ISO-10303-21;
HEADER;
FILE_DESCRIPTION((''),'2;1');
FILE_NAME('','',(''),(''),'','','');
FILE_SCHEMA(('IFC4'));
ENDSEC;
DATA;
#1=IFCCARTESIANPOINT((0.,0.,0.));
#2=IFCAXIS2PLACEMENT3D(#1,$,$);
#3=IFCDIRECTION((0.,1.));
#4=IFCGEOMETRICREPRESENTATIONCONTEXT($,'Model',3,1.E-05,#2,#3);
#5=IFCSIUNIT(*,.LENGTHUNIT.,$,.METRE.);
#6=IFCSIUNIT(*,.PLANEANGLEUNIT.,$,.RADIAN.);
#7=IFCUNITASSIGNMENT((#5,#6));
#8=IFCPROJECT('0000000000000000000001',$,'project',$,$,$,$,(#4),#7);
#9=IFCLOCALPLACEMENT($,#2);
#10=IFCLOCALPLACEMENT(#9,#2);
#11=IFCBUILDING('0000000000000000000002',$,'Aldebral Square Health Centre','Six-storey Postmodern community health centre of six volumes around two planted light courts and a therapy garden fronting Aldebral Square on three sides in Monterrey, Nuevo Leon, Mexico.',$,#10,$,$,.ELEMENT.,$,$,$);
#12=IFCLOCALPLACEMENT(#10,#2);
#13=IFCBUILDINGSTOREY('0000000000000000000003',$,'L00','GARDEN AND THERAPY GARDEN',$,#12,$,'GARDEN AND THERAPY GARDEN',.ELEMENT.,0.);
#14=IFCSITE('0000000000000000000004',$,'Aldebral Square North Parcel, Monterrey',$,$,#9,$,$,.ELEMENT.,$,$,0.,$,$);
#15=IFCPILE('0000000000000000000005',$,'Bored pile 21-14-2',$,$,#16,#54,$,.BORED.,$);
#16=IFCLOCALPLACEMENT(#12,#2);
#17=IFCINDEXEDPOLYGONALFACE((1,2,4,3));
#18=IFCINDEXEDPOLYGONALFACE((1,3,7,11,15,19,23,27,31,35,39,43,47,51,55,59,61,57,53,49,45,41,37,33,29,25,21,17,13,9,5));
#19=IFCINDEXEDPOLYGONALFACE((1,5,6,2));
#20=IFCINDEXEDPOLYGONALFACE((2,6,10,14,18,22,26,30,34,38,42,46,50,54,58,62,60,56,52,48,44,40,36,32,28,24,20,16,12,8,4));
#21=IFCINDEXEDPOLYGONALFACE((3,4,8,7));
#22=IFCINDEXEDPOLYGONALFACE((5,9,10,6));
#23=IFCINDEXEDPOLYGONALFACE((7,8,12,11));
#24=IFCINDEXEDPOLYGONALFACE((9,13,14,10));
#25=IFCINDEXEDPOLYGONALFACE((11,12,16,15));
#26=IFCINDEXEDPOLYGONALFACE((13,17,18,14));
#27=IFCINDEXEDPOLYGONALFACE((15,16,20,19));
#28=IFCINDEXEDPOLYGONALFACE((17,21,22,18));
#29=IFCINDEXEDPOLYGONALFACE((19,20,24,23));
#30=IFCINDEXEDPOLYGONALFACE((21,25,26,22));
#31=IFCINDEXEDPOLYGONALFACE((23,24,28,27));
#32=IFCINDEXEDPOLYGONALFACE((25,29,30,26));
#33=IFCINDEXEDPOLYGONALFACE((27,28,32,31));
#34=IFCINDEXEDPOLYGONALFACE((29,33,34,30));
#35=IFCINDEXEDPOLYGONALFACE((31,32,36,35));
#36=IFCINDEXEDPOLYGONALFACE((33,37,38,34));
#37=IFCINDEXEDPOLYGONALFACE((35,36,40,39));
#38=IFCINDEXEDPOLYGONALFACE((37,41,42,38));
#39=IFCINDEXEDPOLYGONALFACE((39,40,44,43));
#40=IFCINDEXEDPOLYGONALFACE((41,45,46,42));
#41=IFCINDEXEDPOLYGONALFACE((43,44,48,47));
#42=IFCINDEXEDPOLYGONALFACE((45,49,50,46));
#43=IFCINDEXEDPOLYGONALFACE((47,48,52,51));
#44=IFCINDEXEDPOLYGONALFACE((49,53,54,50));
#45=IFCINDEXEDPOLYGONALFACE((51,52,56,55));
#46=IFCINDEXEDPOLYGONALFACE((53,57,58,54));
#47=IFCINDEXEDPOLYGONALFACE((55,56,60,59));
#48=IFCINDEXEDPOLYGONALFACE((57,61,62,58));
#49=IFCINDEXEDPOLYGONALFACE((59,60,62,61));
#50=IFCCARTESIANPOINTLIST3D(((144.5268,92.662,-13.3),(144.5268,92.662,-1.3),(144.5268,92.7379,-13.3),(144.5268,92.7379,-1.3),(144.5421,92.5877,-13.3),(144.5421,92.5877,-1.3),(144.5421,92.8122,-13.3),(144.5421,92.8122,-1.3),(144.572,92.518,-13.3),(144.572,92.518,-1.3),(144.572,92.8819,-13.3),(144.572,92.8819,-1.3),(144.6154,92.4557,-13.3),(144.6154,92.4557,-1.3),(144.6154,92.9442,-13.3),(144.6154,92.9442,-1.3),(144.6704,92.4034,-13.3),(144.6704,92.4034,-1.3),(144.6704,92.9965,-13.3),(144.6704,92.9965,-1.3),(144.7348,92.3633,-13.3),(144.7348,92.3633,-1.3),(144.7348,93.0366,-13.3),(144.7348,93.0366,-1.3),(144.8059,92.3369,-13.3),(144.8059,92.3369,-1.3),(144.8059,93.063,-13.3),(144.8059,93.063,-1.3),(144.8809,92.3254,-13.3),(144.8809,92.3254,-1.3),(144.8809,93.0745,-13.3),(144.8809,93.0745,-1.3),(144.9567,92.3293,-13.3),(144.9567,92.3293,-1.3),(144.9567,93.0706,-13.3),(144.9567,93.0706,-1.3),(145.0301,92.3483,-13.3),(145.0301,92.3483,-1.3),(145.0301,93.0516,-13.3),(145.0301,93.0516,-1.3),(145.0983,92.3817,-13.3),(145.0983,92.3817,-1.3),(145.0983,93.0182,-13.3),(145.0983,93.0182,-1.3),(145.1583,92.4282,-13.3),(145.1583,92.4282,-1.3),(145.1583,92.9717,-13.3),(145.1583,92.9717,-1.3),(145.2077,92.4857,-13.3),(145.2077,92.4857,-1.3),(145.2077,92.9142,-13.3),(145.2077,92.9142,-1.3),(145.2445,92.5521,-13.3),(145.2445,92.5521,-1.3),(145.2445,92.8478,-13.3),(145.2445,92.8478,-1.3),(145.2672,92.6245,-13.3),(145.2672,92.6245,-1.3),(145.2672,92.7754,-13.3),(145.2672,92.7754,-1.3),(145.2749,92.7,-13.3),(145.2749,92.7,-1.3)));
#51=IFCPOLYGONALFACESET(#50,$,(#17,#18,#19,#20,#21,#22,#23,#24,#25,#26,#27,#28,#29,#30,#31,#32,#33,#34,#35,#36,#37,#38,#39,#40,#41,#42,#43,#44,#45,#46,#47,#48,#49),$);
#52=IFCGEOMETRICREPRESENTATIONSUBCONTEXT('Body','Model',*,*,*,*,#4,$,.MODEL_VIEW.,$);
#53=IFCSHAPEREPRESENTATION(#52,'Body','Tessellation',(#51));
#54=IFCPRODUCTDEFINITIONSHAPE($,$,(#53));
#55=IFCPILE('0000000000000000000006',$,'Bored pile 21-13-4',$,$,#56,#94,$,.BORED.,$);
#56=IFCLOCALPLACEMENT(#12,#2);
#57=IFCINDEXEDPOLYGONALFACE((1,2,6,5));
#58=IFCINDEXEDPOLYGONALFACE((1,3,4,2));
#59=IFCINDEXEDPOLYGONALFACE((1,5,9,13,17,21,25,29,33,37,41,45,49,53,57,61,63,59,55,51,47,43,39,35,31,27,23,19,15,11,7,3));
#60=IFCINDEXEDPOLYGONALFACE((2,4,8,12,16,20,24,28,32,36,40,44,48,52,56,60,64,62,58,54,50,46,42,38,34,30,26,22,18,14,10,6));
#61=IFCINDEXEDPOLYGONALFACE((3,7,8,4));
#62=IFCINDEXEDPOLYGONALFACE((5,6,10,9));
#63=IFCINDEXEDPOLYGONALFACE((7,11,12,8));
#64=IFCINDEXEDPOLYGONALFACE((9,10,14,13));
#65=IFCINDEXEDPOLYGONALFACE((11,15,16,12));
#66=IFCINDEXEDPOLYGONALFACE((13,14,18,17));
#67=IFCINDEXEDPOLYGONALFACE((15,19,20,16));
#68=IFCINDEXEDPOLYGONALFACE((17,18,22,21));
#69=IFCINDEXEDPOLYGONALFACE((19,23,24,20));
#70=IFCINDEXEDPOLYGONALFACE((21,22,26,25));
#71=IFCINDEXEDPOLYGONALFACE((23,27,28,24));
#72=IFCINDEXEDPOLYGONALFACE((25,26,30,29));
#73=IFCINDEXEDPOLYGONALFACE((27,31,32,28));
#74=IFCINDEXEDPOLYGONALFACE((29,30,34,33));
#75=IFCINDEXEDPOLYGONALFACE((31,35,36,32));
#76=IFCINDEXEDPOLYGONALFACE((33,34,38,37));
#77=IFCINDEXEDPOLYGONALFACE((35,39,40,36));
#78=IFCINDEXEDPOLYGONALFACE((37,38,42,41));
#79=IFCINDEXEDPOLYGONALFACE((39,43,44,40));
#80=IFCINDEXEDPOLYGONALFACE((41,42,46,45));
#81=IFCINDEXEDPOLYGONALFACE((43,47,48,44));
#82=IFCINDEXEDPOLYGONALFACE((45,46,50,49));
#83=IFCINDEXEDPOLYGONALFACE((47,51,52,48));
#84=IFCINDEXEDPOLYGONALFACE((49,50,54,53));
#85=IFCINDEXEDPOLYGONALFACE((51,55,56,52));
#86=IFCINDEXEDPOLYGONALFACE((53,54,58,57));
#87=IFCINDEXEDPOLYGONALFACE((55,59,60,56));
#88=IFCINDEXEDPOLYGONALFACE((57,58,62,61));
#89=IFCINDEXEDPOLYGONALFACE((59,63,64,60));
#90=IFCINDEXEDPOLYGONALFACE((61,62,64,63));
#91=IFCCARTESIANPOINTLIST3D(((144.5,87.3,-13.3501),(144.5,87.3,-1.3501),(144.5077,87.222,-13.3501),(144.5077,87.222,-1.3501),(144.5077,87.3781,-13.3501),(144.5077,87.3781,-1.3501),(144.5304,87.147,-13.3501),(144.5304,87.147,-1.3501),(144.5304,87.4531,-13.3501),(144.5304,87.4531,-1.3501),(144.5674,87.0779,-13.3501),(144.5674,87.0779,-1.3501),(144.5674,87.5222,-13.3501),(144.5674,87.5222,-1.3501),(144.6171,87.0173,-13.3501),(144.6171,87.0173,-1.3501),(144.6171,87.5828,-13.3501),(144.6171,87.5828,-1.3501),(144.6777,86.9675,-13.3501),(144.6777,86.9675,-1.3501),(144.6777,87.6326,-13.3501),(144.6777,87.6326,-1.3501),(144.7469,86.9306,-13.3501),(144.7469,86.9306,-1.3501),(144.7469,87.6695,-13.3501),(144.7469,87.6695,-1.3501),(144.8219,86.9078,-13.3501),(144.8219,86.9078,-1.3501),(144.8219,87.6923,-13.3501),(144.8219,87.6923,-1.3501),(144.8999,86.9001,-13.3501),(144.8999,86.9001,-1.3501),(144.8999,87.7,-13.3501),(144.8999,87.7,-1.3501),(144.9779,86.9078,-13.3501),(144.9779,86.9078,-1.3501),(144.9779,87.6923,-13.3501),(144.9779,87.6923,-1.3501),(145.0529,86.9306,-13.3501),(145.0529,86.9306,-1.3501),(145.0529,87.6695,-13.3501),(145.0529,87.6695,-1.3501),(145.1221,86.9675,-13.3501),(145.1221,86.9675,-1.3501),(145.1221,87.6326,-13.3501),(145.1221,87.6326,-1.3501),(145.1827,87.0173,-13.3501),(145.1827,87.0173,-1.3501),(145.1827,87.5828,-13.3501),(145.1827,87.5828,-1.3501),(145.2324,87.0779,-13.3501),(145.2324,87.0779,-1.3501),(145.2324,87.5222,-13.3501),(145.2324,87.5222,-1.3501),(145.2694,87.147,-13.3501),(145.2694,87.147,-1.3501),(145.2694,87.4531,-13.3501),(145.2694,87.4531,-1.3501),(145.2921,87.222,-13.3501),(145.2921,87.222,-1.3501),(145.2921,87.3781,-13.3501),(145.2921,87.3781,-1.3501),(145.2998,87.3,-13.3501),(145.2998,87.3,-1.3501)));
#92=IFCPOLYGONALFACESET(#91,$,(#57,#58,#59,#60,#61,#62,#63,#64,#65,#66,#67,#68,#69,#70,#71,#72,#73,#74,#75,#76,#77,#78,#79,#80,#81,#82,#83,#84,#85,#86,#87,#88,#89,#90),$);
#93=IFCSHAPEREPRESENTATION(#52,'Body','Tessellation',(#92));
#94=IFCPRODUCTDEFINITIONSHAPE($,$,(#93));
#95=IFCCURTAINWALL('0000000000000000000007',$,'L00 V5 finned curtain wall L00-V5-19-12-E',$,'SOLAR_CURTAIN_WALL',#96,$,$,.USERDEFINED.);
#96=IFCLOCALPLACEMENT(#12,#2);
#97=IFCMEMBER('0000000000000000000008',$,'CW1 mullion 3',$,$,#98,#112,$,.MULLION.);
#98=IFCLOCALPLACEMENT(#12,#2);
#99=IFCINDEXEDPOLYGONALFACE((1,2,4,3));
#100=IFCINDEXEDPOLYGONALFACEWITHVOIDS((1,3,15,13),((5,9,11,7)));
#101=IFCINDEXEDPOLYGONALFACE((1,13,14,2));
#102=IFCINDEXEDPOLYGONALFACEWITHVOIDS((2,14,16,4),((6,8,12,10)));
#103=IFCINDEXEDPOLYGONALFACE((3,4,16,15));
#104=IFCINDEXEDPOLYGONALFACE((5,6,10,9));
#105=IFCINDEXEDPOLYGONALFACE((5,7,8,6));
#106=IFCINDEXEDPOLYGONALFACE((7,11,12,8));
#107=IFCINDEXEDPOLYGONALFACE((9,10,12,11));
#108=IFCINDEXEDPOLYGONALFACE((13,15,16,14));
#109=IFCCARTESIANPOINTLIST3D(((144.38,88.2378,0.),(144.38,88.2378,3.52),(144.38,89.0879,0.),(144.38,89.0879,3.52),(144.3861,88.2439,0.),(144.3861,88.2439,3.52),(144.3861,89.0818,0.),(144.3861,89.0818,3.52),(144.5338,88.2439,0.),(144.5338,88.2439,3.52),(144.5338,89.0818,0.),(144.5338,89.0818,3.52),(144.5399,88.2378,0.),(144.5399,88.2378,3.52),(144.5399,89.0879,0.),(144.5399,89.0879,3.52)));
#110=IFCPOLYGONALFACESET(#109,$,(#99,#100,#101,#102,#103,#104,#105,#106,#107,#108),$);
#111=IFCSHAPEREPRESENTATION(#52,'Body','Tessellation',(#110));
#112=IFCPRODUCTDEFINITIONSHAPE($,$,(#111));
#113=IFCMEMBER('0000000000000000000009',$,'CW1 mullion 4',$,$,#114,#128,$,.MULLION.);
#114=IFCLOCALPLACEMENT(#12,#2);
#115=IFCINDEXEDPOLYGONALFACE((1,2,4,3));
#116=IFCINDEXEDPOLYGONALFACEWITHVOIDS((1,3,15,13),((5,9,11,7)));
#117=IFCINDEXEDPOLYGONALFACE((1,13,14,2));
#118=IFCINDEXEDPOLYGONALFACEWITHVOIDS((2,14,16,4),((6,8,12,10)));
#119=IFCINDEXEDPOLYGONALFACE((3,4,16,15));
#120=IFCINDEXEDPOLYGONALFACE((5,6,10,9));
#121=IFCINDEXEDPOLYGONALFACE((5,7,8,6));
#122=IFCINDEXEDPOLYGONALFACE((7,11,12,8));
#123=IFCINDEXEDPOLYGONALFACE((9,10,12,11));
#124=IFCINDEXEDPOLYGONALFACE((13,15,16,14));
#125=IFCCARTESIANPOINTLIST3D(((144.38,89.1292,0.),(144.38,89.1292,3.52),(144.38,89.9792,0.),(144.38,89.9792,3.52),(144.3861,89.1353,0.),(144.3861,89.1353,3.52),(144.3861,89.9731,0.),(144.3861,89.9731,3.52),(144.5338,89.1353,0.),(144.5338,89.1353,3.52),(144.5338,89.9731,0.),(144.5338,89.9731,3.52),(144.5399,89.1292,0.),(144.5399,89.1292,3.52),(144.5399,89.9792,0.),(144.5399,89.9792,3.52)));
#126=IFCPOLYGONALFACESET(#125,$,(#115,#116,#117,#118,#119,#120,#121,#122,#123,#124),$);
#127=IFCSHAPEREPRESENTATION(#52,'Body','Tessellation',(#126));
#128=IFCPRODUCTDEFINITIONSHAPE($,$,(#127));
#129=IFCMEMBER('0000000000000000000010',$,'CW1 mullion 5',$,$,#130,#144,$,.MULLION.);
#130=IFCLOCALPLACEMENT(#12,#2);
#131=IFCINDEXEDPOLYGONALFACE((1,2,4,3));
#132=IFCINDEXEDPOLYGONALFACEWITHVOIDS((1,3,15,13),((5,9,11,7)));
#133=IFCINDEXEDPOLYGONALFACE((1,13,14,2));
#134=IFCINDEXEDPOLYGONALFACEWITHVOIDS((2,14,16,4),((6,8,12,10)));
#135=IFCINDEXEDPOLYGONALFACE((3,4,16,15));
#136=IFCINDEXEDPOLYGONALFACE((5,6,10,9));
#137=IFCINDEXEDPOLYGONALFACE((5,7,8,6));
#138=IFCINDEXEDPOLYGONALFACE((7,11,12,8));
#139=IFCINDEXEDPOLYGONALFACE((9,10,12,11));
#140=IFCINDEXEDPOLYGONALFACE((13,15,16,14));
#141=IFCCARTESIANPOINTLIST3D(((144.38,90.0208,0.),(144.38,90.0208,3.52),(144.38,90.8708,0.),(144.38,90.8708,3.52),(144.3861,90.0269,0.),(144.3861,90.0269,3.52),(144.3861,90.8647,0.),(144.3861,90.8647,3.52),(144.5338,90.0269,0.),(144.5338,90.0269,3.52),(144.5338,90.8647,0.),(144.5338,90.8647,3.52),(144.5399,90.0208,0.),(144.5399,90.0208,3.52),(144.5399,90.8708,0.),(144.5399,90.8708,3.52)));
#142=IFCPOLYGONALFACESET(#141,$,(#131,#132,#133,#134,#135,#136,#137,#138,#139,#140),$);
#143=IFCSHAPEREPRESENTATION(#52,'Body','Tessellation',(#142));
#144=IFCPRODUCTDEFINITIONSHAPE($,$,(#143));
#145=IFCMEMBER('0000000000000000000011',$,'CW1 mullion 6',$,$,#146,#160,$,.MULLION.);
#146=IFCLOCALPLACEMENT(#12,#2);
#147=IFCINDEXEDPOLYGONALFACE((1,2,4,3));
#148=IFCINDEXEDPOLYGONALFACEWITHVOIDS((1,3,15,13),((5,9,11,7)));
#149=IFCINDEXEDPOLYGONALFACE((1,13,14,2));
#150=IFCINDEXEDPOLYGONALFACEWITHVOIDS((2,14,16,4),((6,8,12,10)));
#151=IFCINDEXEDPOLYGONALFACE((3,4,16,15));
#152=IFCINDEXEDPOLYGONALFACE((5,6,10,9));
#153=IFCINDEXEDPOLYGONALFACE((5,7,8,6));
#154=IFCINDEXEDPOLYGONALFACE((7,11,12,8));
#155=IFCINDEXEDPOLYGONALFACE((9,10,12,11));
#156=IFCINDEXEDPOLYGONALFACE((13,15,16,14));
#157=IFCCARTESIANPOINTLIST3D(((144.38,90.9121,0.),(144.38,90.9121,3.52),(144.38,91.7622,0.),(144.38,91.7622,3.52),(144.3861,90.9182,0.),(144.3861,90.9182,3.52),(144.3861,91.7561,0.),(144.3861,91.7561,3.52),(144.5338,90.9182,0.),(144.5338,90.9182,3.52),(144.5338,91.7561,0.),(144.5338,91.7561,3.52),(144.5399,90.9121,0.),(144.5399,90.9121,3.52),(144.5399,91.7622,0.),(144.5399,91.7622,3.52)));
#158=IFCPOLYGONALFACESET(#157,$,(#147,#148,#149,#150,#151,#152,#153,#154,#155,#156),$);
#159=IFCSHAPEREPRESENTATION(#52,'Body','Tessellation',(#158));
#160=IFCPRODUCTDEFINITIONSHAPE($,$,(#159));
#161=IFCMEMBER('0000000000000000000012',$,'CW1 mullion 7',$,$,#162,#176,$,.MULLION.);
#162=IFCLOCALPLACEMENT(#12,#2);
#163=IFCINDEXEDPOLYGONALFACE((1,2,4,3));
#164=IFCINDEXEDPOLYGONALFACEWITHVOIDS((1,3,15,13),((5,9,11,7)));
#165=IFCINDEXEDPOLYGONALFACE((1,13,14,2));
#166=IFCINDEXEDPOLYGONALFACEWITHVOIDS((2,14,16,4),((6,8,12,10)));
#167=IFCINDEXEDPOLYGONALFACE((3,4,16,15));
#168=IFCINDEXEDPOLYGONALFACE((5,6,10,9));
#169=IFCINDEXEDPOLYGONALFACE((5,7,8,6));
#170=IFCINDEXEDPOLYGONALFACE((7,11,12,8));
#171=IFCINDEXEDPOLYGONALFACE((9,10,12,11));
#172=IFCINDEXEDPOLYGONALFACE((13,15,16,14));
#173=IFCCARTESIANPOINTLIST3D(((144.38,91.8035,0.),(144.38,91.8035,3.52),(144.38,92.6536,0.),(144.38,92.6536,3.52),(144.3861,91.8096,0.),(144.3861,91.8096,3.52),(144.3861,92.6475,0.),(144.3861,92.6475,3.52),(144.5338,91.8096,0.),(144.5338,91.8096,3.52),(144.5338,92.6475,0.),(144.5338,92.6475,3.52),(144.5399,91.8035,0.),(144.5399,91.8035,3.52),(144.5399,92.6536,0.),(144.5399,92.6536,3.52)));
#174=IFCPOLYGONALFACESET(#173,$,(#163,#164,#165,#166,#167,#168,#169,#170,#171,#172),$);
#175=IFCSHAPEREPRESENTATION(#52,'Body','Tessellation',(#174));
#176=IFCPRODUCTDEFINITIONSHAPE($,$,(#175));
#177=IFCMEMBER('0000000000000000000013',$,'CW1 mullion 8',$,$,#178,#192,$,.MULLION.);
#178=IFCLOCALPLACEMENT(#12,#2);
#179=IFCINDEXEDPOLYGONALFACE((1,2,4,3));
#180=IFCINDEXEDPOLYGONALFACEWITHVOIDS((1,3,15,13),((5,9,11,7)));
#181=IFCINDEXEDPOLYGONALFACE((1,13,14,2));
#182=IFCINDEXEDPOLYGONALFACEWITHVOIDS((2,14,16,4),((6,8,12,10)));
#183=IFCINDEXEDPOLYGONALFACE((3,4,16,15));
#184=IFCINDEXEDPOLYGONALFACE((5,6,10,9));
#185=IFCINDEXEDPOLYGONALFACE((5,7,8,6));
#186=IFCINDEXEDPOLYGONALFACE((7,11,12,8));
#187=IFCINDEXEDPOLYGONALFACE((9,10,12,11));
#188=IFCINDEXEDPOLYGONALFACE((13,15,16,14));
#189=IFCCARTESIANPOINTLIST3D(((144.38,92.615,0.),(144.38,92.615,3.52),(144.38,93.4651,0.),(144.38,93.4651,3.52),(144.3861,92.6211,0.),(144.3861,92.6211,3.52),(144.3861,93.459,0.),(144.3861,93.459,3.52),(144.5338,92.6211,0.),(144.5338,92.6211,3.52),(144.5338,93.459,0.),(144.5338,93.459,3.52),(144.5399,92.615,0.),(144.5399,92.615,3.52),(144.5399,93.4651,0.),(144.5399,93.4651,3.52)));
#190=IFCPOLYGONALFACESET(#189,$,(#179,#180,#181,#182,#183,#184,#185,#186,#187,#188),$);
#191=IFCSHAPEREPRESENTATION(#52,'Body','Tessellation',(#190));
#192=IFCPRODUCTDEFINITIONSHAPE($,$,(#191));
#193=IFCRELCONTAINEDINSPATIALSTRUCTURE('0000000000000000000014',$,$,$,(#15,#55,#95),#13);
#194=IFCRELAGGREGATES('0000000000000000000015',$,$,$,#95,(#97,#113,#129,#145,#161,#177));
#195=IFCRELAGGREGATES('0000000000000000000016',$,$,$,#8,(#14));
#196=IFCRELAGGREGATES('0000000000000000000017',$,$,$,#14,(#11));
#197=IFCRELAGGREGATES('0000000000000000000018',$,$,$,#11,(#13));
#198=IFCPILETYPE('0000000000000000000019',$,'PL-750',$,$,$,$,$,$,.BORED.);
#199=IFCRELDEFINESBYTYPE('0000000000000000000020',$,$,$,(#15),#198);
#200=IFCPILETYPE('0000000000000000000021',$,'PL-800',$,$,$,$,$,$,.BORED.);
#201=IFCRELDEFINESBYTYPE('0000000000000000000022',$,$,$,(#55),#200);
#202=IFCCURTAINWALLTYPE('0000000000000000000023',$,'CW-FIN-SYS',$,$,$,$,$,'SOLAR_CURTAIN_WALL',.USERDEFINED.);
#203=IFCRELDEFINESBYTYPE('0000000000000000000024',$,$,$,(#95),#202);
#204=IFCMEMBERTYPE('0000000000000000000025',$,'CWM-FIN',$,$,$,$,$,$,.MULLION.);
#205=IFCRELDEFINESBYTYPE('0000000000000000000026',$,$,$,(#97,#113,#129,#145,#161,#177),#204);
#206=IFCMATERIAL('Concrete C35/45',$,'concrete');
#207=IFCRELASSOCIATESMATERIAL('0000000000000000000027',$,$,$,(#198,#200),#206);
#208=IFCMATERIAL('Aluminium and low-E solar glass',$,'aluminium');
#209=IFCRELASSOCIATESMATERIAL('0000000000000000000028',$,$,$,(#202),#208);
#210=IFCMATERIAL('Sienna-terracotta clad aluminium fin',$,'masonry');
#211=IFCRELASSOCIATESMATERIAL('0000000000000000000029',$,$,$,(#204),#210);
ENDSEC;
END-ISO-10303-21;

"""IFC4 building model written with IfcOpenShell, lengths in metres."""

from ifc_helpers import new_model, si_unit, direction, frame, origin, origin_2d, place, context, subcontext, project, spatial, hollow_rectangle, circle, extrude, material, material_profile, profile_set, type_object, element, aggregate, save


model = new_model("IFC4")

# Units and contexts
model_context = context("Model", 3, precision=1e-05, world=origin(), true_north=direction((0.0, 1.0)))
body_context = subcontext(model_context, "Body", "Model", "MODEL_VIEW")
ifc_project = project(units=[si_unit("LENGTHUNIT", "METRE"), si_unit("PLANEANGLEUNIT", "RADIAN")], contexts=[model_context])

# Site, building, storey
site_placement = place(None, origin())
site = spatial("IfcSite", under=ifc_project, at=site_placement, Name="Aldebral Square North Parcel, Monterrey", CompositionType="ELEMENT", RefElevation=0.0)
building_placement = place(site_placement, origin())
building = spatial("IfcBuilding", under=site, at=building_placement, Name="Aldebral Square Health Centre", Description="Six-storey Postmodern community health centre of six volumes around two planted light courts and a therapy garden fronting Aldebral Square on three sides in Monterrey, Nuevo Leon, Mexico.", CompositionType="ELEMENT")
storey_placement = place(building_placement, origin())
storey = spatial("IfcBuildingStorey", under=building, at=storey_placement, Name="L00", Description="GARDEN AND THERAPY GARDEN", LongName="GARDEN AND THERAPY GARDEN", CompositionType="ELEMENT", Elevation=0.0)

# Piles
ifc_material_1 = material(Name="Concrete C35/45", Category="concrete")
ifc_material_profile_1 = material_profile(ifc_material_1, circle(Radius=0.375, at=origin_2d()), Name="PILE D750")
ifc_profile_set_1 = profile_set([ifc_material_profile_1], Name="Concrete C35/45")
pile_type_1 = type_object("IfcPileType", Name="PL-750", PredefinedType="BORED", material=ifc_profile_set_1)
pile_1_placement = place(storey_placement, frame((144.8999, 92.7, -1.3), z_axis=(0.0, 0.0, -1.0), x_axis=(1.0, 0.0, 0.0)))
element("IfcPile", 1, at=pile_1_placement, inside=storey, type_object=pile_type_1, Name="Bored pile 21-14-2", PredefinedType="BORED", context=body_context, shape_type="SweptSolid", body=[
    extrude(circle(Radius=0.375, at=origin_2d()), origin(), (0.0, 0.0, 1.0), 12.0),
])
ifc_material_profile_2 = material_profile(ifc_material_1, circle(Radius=0.3999, at=origin_2d()), Name="PILE D800")
ifc_profile_set_2 = profile_set([ifc_material_profile_2], Name="Concrete C35/45")
pile_type_2 = type_object("IfcPileType", Name="PL-800", PredefinedType="BORED", material=ifc_profile_set_2)
pile_2_placement = place(storey_placement, frame((144.8999, 87.3, -1.3501), z_axis=(0.0, 0.0, -1.0), x_axis=(1.0, 0.0, 0.0)))
element("IfcPile", 2, at=pile_2_placement, inside=storey, type_object=pile_type_2, Name="Bored pile 21-13-4", PredefinedType="BORED", context=body_context, shape_type="SweptSolid", body=[
    extrude(circle(Radius=0.3999, at=origin_2d()), origin(), (0.0, 0.0, 1.0), 12.0),
])

# Curtain wall, members
ifc_material_2 = material(Name="Aluminium and low-E solar glass", Category="aluminium")
curtain_wall_type = type_object("IfcCurtainWallType", Name="CW-FIN-SYS", ElementType="SOLAR_CURTAIN_WALL", PredefinedType="USERDEFINED", material=ifc_material_2)
curtain_wall_placement = place(storey_placement, origin())
curtain_wall = element("IfcCurtainWall", 3, at=curtain_wall_placement, inside=storey, type_object=curtain_wall_type, Name="L00 V5 finned curtain wall L00-V5-19-12-E", ObjectType="SOLAR_CURTAIN_WALL", PredefinedType="USERDEFINED")
ifc_material_3 = material(Name="Sienna-terracotta clad aluminium fin", Category="masonry")
ifc_material_profile_3 = material_profile(ifc_material_3, hollow_rectangle(XDim=0.1599, YDim=0.8501, WallThickness=0.0061, at=origin_2d()), Name="FIN 160x850x6")
ifc_profile_set_3 = profile_set([ifc_material_profile_3], Name="Sienna-terracotta clad aluminium fin")
member_type_1 = type_object("IfcMemberType", Name="CWM-FIN", PredefinedType="MULLION", material=ifc_profile_set_3)
member_1_placement = place(storey_placement, frame((144.46, 88.6628, 0.0), z_axis=(0.0, 0.0, 1.0), x_axis=(-1.0, 0.0, 0.0)))
member_1 = element("IfcMember", 4, at=member_1_placement, type_object=member_type_1, Name="CW1 mullion 3", PredefinedType="MULLION", context=body_context, shape_type="SweptSolid", body=[
    extrude(hollow_rectangle(XDim=0.1599, YDim=0.8501, WallThickness=0.0061, at=origin_2d()), origin(), (0.0, 0.0, 1.0), 3.52),
])
member_2_placement = place(storey_placement, frame((144.46, 89.5542, 0.0), z_axis=(0.0, 0.0, 1.0), x_axis=(-1.0, 0.0, 0.0)))
member_2 = element("IfcMember", 5, at=member_2_placement, type_object=member_type_1, Name="CW1 mullion 4", PredefinedType="MULLION", context=body_context, shape_type="SweptSolid", body=[
    extrude(hollow_rectangle(XDim=0.1599, YDim=0.8501, WallThickness=0.0061, at=origin_2d()), origin(), (0.0, 0.0, 1.0), 3.52),
])
member_3_placement = place(storey_placement, frame((144.46, 90.4458, 0.0), z_axis=(0.0, 0.0, 1.0), x_axis=(-1.0, 0.0, 0.0)))
member_3 = element("IfcMember", 6, at=member_3_placement, type_object=member_type_1, Name="CW1 mullion 5", PredefinedType="MULLION", context=body_context, shape_type="SweptSolid", body=[
    extrude(hollow_rectangle(XDim=0.1599, YDim=0.8501, WallThickness=0.0061, at=origin_2d()), origin(), (0.0, 0.0, 1.0), 3.52),
])
member_4_placement = place(storey_placement, frame((144.46, 91.3372, 0.0), z_axis=(0.0, 0.0, 1.0), x_axis=(-1.0, 0.0, 0.0)))
member_4 = element("IfcMember", 7, at=member_4_placement, type_object=member_type_1, Name="CW1 mullion 6", PredefinedType="MULLION", context=body_context, shape_type="SweptSolid", body=[
    extrude(hollow_rectangle(XDim=0.1599, YDim=0.8501, WallThickness=0.0061, at=origin_2d()), origin(), (0.0, 0.0, 1.0), 3.52),
])
member_5_placement = place(storey_placement, frame((144.46, 92.2285, 0.0), z_axis=(0.0, 0.0, 1.0), x_axis=(-1.0, 0.0, 0.0)))
member_5 = element("IfcMember", 8, at=member_5_placement, type_object=member_type_1, Name="CW1 mullion 7", PredefinedType="MULLION", context=body_context, shape_type="SweptSolid", body=[
    extrude(hollow_rectangle(XDim=0.1599, YDim=0.8501, WallThickness=0.0061, at=origin_2d()), origin(), (0.0, 0.0, 1.0), 3.52),
])
member_6_placement = place(storey_placement, frame((144.46, 93.04, 0.0), z_axis=(0.0, 0.0, 1.0), x_axis=(-1.0, 0.0, 0.0)))
member_6 = element("IfcMember", 9, at=member_6_placement, type_object=member_type_1, Name="CW1 mullion 8", PredefinedType="MULLION", context=body_context, shape_type="SweptSolid", body=[
    extrude(hollow_rectangle(XDim=0.1599, YDim=0.8501, WallThickness=0.0061, at=origin_2d()), origin(), (0.0, 0.0, 1.0), 3.52),
])
aggregate(curtain_wall, [member_1, member_2, member_3, member_4, member_5, member_6])

save(model, "model.ifc")
